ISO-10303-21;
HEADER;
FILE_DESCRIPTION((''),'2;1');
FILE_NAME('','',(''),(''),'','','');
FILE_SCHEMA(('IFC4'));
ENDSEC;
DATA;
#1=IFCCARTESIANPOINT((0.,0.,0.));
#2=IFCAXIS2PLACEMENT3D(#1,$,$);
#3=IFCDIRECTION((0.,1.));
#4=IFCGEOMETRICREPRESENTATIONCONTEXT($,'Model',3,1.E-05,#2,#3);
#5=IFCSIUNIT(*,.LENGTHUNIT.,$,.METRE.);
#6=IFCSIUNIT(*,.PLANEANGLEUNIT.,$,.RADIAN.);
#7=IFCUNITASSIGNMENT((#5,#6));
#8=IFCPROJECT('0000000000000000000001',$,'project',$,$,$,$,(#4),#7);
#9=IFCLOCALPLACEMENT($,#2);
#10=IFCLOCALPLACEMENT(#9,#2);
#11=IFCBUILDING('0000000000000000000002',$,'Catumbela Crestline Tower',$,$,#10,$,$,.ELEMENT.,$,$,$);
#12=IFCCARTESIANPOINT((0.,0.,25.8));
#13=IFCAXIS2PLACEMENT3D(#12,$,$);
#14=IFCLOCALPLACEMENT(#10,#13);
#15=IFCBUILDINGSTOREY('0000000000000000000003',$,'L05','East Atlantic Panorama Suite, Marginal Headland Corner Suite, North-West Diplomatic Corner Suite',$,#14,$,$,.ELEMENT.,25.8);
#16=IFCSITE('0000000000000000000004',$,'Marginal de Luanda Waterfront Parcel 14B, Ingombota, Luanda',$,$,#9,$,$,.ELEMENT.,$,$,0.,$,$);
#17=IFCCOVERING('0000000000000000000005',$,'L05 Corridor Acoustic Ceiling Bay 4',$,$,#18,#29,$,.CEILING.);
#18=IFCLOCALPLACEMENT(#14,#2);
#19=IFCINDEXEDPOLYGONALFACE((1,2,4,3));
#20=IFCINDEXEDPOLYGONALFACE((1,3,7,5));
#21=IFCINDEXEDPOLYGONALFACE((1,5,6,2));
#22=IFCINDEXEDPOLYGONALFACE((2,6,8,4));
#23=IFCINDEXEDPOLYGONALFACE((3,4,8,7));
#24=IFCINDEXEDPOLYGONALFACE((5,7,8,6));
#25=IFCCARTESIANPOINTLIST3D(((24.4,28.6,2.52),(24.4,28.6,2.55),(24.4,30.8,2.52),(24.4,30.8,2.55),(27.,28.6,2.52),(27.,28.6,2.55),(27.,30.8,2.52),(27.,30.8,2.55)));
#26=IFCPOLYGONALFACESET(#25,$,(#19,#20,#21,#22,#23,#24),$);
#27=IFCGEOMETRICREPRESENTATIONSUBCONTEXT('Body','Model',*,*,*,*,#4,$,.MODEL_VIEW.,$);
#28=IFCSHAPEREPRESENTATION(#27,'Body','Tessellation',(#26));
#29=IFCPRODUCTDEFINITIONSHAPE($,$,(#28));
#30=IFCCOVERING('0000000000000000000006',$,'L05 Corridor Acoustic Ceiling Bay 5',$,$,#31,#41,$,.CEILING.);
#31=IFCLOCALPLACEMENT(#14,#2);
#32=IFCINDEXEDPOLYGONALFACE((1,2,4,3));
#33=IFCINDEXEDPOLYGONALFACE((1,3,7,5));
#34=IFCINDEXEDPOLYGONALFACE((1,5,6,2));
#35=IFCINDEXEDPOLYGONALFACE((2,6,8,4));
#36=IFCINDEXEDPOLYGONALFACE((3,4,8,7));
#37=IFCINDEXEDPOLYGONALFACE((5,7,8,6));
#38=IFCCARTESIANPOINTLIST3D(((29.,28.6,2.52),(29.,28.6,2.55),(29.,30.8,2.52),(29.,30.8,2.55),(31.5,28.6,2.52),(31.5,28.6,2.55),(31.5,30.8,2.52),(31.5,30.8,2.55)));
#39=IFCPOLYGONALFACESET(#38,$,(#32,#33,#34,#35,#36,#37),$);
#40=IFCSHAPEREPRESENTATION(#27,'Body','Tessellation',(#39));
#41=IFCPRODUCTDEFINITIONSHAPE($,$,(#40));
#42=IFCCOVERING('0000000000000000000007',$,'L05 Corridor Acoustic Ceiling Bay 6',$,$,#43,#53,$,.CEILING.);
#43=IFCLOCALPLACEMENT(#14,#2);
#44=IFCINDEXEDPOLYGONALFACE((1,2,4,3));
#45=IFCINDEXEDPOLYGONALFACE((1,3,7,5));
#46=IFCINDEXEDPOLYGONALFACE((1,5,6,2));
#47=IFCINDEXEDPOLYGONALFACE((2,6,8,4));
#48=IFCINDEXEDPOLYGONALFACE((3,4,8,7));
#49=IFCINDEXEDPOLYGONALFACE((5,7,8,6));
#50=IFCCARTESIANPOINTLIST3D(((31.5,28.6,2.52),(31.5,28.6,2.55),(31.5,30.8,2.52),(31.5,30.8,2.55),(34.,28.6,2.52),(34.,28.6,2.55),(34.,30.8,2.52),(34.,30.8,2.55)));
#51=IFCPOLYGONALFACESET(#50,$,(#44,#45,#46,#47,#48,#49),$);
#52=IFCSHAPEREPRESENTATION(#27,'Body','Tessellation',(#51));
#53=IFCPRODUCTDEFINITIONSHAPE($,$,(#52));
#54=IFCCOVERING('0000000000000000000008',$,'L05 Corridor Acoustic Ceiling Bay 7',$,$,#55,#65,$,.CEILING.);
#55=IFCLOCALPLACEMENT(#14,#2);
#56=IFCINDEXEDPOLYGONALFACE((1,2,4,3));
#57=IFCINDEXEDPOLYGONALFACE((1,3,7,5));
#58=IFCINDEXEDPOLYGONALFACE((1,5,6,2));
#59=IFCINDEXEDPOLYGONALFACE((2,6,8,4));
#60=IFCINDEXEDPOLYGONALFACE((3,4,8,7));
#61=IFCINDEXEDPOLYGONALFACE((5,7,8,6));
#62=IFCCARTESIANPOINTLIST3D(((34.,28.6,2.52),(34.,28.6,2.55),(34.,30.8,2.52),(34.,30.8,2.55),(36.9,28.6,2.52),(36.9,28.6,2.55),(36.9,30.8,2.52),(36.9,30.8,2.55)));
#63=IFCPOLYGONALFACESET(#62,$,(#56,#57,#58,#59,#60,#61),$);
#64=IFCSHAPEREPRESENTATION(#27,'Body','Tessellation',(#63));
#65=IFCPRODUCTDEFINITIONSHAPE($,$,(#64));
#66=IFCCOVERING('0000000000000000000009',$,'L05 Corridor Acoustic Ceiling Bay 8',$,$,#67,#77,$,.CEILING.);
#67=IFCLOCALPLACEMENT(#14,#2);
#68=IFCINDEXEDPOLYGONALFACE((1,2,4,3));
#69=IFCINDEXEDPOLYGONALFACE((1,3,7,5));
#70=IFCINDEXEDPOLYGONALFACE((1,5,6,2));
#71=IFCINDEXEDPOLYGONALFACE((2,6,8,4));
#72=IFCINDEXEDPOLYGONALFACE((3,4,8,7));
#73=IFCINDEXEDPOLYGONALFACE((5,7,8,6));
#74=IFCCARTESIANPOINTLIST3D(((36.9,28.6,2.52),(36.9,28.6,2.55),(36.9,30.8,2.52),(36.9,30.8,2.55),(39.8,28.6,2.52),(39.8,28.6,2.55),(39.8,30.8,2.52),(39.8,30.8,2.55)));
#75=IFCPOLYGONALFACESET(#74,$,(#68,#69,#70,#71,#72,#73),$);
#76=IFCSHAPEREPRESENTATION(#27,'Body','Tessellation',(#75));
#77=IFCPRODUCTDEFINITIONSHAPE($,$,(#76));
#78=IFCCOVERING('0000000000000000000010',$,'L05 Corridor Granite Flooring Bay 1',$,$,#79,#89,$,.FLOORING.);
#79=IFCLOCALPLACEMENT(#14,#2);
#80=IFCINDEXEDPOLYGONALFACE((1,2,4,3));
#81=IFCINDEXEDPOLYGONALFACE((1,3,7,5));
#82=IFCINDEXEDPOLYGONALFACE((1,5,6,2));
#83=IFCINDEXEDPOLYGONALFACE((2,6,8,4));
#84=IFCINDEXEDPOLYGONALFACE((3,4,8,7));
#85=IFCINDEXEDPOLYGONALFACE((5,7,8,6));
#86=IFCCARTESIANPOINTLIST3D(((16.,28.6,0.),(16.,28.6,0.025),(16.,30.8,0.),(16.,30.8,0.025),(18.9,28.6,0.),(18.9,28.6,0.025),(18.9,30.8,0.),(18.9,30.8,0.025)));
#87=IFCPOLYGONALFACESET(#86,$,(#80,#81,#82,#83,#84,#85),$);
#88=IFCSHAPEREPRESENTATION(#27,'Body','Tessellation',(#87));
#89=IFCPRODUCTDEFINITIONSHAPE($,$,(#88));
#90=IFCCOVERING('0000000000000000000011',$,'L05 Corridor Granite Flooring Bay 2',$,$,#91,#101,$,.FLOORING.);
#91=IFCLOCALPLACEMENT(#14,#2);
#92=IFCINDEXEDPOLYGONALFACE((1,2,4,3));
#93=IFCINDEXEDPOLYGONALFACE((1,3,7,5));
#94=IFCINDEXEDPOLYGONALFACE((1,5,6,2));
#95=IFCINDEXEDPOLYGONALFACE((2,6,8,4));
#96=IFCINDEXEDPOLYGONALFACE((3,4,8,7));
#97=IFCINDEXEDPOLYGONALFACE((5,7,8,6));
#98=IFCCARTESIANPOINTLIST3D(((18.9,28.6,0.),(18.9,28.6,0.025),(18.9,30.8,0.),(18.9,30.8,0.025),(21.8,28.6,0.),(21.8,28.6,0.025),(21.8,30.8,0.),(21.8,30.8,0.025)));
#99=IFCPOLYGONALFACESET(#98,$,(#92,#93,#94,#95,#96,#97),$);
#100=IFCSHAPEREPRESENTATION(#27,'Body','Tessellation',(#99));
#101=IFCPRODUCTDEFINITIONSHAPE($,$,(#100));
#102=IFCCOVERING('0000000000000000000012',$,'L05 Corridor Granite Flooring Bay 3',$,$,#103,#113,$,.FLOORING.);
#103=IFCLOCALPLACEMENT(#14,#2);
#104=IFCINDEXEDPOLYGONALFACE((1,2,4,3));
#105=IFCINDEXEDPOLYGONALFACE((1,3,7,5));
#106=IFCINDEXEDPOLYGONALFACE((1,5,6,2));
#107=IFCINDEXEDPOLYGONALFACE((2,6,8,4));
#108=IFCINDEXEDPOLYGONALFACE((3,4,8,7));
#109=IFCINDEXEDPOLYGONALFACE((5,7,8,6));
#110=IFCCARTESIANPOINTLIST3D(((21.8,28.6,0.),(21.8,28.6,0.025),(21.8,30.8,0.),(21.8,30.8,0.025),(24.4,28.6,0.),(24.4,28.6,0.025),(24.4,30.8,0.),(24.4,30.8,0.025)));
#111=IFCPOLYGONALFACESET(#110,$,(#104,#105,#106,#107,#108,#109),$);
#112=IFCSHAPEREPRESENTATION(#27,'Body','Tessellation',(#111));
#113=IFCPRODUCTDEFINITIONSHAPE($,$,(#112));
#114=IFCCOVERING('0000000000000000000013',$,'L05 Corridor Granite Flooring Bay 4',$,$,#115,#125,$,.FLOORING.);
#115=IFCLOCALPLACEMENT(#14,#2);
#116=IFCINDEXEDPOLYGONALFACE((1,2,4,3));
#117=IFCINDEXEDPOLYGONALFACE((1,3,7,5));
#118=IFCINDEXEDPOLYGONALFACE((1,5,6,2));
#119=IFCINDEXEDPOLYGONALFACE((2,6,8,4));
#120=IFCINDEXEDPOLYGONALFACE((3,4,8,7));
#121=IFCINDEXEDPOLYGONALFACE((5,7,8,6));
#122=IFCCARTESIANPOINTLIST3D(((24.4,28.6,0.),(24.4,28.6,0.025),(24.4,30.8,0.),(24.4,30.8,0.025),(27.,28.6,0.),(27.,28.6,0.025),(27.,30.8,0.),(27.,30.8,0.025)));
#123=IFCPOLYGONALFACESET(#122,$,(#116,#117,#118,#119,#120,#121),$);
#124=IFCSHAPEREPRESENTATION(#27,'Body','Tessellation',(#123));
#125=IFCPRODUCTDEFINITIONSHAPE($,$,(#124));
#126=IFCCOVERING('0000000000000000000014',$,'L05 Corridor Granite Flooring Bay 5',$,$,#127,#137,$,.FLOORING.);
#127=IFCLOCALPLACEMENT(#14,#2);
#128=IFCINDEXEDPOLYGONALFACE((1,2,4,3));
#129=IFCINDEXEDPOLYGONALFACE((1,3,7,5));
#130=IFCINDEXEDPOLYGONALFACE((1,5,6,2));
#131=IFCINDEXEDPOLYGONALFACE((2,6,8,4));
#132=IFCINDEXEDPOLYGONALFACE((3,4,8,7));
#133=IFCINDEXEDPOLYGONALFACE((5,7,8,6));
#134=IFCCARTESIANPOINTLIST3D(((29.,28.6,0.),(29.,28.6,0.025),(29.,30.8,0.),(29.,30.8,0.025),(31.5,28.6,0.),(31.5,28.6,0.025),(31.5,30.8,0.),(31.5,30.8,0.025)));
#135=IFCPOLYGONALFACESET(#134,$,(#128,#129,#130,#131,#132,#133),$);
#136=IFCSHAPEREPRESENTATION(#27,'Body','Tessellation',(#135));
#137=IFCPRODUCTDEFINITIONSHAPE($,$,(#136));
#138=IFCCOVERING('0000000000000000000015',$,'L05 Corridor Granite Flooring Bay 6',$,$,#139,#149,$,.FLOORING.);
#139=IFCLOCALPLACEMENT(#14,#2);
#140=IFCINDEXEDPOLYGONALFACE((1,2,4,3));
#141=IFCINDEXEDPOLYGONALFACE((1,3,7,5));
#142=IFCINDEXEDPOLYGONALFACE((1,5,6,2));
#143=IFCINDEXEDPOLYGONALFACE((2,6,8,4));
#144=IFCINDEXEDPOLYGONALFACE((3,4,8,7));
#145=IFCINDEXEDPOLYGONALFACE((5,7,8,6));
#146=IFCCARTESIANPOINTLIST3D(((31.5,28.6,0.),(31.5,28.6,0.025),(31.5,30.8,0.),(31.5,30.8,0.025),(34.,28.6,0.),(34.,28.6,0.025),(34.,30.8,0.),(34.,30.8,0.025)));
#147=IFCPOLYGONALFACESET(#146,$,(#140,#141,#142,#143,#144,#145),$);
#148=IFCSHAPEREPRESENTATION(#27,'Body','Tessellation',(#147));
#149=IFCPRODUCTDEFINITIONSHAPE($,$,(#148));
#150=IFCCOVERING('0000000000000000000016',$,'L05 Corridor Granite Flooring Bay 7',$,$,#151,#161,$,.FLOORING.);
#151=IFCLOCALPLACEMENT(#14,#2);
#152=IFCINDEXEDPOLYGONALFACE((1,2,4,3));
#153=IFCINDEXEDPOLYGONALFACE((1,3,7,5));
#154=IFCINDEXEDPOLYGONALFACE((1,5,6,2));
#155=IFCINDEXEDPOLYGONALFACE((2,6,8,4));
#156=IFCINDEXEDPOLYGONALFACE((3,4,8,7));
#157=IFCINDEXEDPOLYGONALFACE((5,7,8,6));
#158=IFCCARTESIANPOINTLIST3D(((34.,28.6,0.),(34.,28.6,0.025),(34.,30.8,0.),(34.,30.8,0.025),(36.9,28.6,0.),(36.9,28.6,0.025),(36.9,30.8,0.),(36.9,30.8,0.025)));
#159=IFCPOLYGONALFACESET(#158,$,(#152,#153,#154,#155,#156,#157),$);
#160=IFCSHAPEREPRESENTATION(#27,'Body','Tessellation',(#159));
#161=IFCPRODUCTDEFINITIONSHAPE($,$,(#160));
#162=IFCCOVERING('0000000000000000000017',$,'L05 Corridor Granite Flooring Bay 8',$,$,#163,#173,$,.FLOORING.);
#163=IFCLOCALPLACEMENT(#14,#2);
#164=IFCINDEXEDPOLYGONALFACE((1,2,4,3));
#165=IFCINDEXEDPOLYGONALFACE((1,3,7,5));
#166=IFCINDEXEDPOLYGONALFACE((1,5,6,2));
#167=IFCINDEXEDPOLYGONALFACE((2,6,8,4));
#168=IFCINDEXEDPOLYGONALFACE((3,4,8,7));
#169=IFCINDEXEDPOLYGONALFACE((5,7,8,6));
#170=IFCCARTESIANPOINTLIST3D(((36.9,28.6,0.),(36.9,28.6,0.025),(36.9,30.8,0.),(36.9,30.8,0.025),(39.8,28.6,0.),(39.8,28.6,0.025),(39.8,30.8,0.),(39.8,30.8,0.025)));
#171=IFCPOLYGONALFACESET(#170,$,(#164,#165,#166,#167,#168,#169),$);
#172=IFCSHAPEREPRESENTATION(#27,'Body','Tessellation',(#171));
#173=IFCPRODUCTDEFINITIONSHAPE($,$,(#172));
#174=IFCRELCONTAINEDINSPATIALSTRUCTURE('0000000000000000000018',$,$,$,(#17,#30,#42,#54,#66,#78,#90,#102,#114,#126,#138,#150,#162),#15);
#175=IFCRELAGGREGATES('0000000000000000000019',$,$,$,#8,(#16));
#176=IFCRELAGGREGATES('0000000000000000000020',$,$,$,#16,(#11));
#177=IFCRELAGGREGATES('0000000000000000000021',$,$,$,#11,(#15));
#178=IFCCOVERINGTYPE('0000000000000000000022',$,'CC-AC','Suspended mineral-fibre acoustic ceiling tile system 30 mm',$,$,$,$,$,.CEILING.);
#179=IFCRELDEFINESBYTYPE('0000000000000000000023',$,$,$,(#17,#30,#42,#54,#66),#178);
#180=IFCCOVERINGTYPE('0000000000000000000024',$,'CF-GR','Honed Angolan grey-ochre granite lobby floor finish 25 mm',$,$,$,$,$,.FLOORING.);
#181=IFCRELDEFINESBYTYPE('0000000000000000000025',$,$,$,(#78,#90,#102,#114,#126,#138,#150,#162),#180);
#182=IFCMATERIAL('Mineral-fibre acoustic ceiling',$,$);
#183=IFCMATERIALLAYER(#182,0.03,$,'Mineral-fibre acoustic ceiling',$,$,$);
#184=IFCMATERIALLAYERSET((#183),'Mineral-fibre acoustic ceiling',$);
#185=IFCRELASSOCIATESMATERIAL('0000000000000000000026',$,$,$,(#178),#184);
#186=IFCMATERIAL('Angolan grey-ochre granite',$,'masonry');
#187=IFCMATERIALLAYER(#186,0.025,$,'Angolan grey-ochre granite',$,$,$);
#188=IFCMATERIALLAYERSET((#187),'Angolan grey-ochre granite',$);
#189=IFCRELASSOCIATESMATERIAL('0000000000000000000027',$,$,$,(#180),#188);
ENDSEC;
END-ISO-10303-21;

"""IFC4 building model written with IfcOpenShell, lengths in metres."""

from ifc_helpers import new_model, si_unit, direction, frame, origin, place, context, subcontext, project, spatial, polyline, outline, extrude, material, layer, layer_set, type_object, element, save


model = new_model("IFC4")

# Units and contexts
model_context = context("Model", 3, precision=1e-05, world=origin(), true_north=direction((0.0, 1.0)))
body_context = subcontext(model_context, "Body", "Model", "MODEL_VIEW")
ifc_project = project(units=[si_unit("LENGTHUNIT", "METRE"), si_unit("PLANEANGLEUNIT", "RADIAN")], contexts=[model_context])

# Site, building, storey
site_placement = place(None, origin())
site = spatial("IfcSite", under=ifc_project, at=site_placement, Name="Marginal de Luanda Waterfront Parcel 14B, Ingombota, Luanda", CompositionType="ELEMENT", RefElevation=0.0)
building_placement = place(site_placement, origin())
building = spatial("IfcBuilding", under=site, at=building_placement, Name="Catumbela Crestline Tower", CompositionType="ELEMENT")
storey_placement = place(building_placement, frame((0.0, 0.0, 25.8)))
storey = spatial("IfcBuildingStorey", under=building, at=storey_placement, Name="L05", Description="East Atlantic Panorama Suite, Marginal Headland Corner Suite, North-West Diplomatic Corner Suite", CompositionType="ELEMENT", Elevation=25.8)

# Shared definitions
ifc_material_1 = material(Name="Angolan grey-ochre granite", Category="masonry")

# Coverings
ifc_material_2 = material(Name="Mineral-fibre acoustic ceiling")
ifc_layer_1 = layer(ifc_material_2, 0.03, Name="Mineral-fibre acoustic ceiling")
ifc_layer_set_1 = layer_set([ifc_layer_1], Name="Mineral-fibre acoustic ceiling")
covering_type_1 = type_object("IfcCoveringType", Name="CC-AC", Description="Suspended mineral-fibre acoustic ceiling tile system 30 mm", PredefinedType="CEILING", material=ifc_layer_set_1)
covering_1_placement = place(storey_placement, frame((0.0, 0.0, 2.52)))
element("IfcCovering", 1, at=covering_1_placement, inside=storey, type_object=covering_type_1, Name="L05 Corridor Acoustic Ceiling Bay 4", PredefinedType="CEILING", context=body_context, shape_type="SweptSolid", body=[
    extrude(outline(polyline([(24.4, 28.6), (27.0, 28.6), (27.0, 30.8), (24.4, 30.8), (24.4, 28.6)])), origin(), (0.0, 0.0, 1.0), 0.03),
])
covering_2_placement = place(storey_placement, frame((0.0, 0.0, 2.52)))
element("IfcCovering", 2, at=covering_2_placement, inside=storey, type_object=covering_type_1, Name="L05 Corridor Acoustic Ceiling Bay 5", PredefinedType="CEILING", context=body_context, shape_type="SweptSolid", body=[
    extrude(outline(polyline([(29.0, 28.6), (31.5, 28.6), (31.5, 30.8), (29.0, 30.8), (29.0, 28.6)])), origin(), (0.0, 0.0, 1.0), 0.03),
])
covering_3_placement = place(storey_placement, frame((0.0, 0.0, 2.52)))
element("IfcCovering", 3, at=covering_3_placement, inside=storey, type_object=covering_type_1, Name="L05 Corridor Acoustic Ceiling Bay 6", PredefinedType="CEILING", context=body_context, shape_type="SweptSolid", body=[
    extrude(outline(polyline([(31.5, 28.6), (34.0, 28.6), (34.0, 30.8), (31.5, 30.8), (31.5, 28.6)])), origin(), (0.0, 0.0, 1.0), 0.03),
])
covering_4_placement = place(storey_placement, frame((0.0, 0.0, 2.52)))
element("IfcCovering", 4, at=covering_4_placement, inside=storey, type_object=covering_type_1, Name="L05 Corridor Acoustic Ceiling Bay 7", PredefinedType="CEILING", context=body_context, shape_type="SweptSolid", body=[
    extrude(outline(polyline([(34.0, 28.6), (36.9, 28.6), (36.9, 30.8), (34.0, 30.8), (34.0, 28.6)])), origin(), (0.0, 0.0, 1.0), 0.03),
])
covering_5_placement = place(storey_placement, frame((0.0, 0.0, 2.52)))
element("IfcCovering", 5, at=covering_5_placement, inside=storey, type_object=covering_type_1, Name="L05 Corridor Acoustic Ceiling Bay 8", PredefinedType="CEILING", context=body_context, shape_type="SweptSolid", body=[
    extrude(outline(polyline([(36.9, 28.6), (39.8, 28.6), (39.8, 30.8), (36.9, 30.8), (36.9, 28.6)])), origin(), (0.0, 0.0, 1.0), 0.03),
])
ifc_layer_2 = layer(ifc_material_1, 0.025, Name="Angolan grey-ochre granite")
ifc_layer_set_2 = layer_set([ifc_layer_2], Name="Angolan grey-ochre granite")
covering_type_2 = type_object("IfcCoveringType", Name="CF-GR", Description="Honed Angolan grey-ochre granite lobby floor finish 25 mm", PredefinedType="FLOORING", material=ifc_layer_set_2)
covering_6_placement = place(storey_placement, origin())
element("IfcCovering", 6, at=covering_6_placement, inside=storey, type_object=covering_type_2, Name="L05 Corridor Granite Flooring Bay 1", PredefinedType="FLOORING", context=body_context, shape_type="SweptSolid", body=[
    extrude(outline(polyline([(16.0, 28.6), (18.9, 28.6), (18.9, 30.8), (16.0, 30.8), (16.0, 28.6)])), origin(), (0.0, 0.0, 1.0), 0.025),
])
covering_7_placement = place(storey_placement, origin())
element("IfcCovering", 7, at=covering_7_placement, inside=storey, type_object=covering_type_2, Name="L05 Corridor Granite Flooring Bay 2", PredefinedType="FLOORING", context=body_context, shape_type="SweptSolid", body=[
    extrude(outline(polyline([(18.9, 28.6), (21.8, 28.6), (21.8, 30.8), (18.9, 30.8), (18.9, 28.6)])), origin(), (0.0, 0.0, 1.0), 0.025),
])
covering_8_placement = place(storey_placement, origin())
element("IfcCovering", 8, at=covering_8_placement, inside=storey, type_object=covering_type_2, Name="L05 Corridor Granite Flooring Bay 3", PredefinedType="FLOORING", context=body_context, shape_type="SweptSolid", body=[
    extrude(outline(polyline([(21.8, 28.6), (24.4, 28.6), (24.4, 30.8), (21.8, 30.8), (21.8, 28.6)])), origin(), (0.0, 0.0, 1.0), 0.025),
])
covering_9_placement = place(storey_placement, origin())
element("IfcCovering", 9, at=covering_9_placement, inside=storey, type_object=covering_type_2, Name="L05 Corridor Granite Flooring Bay 4", PredefinedType="FLOORING", context=body_context, shape_type="SweptSolid", body=[
    extrude(outline(polyline([(24.4, 28.6), (27.0, 28.6), (27.0, 30.8), (24.4, 30.8), (24.4, 28.6)])), origin(), (0.0, 0.0, 1.0), 0.025),
])
covering_10_placement = place(storey_placement, origin())
element("IfcCovering", 10, at=covering_10_placement, inside=storey, type_object=covering_type_2, Name="L05 Corridor Granite Flooring Bay 5", PredefinedType="FLOORING", context=body_context, shape_type="SweptSolid", body=[
    extrude(outline(polyline([(29.0, 28.6), (31.5, 28.6), (31.5, 30.8), (29.0, 30.8), (29.0, 28.6)])), origin(), (0.0, 0.0, 1.0), 0.025),
])
covering_11_placement = place(storey_placement, origin())
element("IfcCovering", 11, at=covering_11_placement, inside=storey, type_object=covering_type_2, Name="L05 Corridor Granite Flooring Bay 6", PredefinedType="FLOORING", context=body_context, shape_type="SweptSolid", body=[
    extrude(outline(polyline([(31.5, 28.6), (34.0, 28.6), (34.0, 30.8), (31.5, 30.8), (31.5, 28.6)])), origin(), (0.0, 0.0, 1.0), 0.025),
])
covering_12_placement = place(storey_placement, origin())
element("IfcCovering", 12, at=covering_12_placement, inside=storey, type_object=covering_type_2, Name="L05 Corridor Granite Flooring Bay 7", PredefinedType="FLOORING", context=body_context, shape_type="SweptSolid", body=[
    extrude(outline(polyline([(34.0, 28.6), (36.9, 28.6), (36.9, 30.8), (34.0, 30.8), (34.0, 28.6)])), origin(), (0.0, 0.0, 1.0), 0.025),
])
covering_13_placement = place(storey_placement, origin())
element("IfcCovering", 13, at=covering_13_placement, inside=storey, type_object=covering_type_2, Name="L05 Corridor Granite Flooring Bay 8", PredefinedType="FLOORING", context=body_context, shape_type="SweptSolid", body=[
    extrude(outline(polyline([(36.9, 28.6), (39.8, 28.6), (39.8, 30.8), (36.9, 30.8), (36.9, 28.6)])), origin(), (0.0, 0.0, 1.0), 0.025),
])

save(model, "model.ifc")
